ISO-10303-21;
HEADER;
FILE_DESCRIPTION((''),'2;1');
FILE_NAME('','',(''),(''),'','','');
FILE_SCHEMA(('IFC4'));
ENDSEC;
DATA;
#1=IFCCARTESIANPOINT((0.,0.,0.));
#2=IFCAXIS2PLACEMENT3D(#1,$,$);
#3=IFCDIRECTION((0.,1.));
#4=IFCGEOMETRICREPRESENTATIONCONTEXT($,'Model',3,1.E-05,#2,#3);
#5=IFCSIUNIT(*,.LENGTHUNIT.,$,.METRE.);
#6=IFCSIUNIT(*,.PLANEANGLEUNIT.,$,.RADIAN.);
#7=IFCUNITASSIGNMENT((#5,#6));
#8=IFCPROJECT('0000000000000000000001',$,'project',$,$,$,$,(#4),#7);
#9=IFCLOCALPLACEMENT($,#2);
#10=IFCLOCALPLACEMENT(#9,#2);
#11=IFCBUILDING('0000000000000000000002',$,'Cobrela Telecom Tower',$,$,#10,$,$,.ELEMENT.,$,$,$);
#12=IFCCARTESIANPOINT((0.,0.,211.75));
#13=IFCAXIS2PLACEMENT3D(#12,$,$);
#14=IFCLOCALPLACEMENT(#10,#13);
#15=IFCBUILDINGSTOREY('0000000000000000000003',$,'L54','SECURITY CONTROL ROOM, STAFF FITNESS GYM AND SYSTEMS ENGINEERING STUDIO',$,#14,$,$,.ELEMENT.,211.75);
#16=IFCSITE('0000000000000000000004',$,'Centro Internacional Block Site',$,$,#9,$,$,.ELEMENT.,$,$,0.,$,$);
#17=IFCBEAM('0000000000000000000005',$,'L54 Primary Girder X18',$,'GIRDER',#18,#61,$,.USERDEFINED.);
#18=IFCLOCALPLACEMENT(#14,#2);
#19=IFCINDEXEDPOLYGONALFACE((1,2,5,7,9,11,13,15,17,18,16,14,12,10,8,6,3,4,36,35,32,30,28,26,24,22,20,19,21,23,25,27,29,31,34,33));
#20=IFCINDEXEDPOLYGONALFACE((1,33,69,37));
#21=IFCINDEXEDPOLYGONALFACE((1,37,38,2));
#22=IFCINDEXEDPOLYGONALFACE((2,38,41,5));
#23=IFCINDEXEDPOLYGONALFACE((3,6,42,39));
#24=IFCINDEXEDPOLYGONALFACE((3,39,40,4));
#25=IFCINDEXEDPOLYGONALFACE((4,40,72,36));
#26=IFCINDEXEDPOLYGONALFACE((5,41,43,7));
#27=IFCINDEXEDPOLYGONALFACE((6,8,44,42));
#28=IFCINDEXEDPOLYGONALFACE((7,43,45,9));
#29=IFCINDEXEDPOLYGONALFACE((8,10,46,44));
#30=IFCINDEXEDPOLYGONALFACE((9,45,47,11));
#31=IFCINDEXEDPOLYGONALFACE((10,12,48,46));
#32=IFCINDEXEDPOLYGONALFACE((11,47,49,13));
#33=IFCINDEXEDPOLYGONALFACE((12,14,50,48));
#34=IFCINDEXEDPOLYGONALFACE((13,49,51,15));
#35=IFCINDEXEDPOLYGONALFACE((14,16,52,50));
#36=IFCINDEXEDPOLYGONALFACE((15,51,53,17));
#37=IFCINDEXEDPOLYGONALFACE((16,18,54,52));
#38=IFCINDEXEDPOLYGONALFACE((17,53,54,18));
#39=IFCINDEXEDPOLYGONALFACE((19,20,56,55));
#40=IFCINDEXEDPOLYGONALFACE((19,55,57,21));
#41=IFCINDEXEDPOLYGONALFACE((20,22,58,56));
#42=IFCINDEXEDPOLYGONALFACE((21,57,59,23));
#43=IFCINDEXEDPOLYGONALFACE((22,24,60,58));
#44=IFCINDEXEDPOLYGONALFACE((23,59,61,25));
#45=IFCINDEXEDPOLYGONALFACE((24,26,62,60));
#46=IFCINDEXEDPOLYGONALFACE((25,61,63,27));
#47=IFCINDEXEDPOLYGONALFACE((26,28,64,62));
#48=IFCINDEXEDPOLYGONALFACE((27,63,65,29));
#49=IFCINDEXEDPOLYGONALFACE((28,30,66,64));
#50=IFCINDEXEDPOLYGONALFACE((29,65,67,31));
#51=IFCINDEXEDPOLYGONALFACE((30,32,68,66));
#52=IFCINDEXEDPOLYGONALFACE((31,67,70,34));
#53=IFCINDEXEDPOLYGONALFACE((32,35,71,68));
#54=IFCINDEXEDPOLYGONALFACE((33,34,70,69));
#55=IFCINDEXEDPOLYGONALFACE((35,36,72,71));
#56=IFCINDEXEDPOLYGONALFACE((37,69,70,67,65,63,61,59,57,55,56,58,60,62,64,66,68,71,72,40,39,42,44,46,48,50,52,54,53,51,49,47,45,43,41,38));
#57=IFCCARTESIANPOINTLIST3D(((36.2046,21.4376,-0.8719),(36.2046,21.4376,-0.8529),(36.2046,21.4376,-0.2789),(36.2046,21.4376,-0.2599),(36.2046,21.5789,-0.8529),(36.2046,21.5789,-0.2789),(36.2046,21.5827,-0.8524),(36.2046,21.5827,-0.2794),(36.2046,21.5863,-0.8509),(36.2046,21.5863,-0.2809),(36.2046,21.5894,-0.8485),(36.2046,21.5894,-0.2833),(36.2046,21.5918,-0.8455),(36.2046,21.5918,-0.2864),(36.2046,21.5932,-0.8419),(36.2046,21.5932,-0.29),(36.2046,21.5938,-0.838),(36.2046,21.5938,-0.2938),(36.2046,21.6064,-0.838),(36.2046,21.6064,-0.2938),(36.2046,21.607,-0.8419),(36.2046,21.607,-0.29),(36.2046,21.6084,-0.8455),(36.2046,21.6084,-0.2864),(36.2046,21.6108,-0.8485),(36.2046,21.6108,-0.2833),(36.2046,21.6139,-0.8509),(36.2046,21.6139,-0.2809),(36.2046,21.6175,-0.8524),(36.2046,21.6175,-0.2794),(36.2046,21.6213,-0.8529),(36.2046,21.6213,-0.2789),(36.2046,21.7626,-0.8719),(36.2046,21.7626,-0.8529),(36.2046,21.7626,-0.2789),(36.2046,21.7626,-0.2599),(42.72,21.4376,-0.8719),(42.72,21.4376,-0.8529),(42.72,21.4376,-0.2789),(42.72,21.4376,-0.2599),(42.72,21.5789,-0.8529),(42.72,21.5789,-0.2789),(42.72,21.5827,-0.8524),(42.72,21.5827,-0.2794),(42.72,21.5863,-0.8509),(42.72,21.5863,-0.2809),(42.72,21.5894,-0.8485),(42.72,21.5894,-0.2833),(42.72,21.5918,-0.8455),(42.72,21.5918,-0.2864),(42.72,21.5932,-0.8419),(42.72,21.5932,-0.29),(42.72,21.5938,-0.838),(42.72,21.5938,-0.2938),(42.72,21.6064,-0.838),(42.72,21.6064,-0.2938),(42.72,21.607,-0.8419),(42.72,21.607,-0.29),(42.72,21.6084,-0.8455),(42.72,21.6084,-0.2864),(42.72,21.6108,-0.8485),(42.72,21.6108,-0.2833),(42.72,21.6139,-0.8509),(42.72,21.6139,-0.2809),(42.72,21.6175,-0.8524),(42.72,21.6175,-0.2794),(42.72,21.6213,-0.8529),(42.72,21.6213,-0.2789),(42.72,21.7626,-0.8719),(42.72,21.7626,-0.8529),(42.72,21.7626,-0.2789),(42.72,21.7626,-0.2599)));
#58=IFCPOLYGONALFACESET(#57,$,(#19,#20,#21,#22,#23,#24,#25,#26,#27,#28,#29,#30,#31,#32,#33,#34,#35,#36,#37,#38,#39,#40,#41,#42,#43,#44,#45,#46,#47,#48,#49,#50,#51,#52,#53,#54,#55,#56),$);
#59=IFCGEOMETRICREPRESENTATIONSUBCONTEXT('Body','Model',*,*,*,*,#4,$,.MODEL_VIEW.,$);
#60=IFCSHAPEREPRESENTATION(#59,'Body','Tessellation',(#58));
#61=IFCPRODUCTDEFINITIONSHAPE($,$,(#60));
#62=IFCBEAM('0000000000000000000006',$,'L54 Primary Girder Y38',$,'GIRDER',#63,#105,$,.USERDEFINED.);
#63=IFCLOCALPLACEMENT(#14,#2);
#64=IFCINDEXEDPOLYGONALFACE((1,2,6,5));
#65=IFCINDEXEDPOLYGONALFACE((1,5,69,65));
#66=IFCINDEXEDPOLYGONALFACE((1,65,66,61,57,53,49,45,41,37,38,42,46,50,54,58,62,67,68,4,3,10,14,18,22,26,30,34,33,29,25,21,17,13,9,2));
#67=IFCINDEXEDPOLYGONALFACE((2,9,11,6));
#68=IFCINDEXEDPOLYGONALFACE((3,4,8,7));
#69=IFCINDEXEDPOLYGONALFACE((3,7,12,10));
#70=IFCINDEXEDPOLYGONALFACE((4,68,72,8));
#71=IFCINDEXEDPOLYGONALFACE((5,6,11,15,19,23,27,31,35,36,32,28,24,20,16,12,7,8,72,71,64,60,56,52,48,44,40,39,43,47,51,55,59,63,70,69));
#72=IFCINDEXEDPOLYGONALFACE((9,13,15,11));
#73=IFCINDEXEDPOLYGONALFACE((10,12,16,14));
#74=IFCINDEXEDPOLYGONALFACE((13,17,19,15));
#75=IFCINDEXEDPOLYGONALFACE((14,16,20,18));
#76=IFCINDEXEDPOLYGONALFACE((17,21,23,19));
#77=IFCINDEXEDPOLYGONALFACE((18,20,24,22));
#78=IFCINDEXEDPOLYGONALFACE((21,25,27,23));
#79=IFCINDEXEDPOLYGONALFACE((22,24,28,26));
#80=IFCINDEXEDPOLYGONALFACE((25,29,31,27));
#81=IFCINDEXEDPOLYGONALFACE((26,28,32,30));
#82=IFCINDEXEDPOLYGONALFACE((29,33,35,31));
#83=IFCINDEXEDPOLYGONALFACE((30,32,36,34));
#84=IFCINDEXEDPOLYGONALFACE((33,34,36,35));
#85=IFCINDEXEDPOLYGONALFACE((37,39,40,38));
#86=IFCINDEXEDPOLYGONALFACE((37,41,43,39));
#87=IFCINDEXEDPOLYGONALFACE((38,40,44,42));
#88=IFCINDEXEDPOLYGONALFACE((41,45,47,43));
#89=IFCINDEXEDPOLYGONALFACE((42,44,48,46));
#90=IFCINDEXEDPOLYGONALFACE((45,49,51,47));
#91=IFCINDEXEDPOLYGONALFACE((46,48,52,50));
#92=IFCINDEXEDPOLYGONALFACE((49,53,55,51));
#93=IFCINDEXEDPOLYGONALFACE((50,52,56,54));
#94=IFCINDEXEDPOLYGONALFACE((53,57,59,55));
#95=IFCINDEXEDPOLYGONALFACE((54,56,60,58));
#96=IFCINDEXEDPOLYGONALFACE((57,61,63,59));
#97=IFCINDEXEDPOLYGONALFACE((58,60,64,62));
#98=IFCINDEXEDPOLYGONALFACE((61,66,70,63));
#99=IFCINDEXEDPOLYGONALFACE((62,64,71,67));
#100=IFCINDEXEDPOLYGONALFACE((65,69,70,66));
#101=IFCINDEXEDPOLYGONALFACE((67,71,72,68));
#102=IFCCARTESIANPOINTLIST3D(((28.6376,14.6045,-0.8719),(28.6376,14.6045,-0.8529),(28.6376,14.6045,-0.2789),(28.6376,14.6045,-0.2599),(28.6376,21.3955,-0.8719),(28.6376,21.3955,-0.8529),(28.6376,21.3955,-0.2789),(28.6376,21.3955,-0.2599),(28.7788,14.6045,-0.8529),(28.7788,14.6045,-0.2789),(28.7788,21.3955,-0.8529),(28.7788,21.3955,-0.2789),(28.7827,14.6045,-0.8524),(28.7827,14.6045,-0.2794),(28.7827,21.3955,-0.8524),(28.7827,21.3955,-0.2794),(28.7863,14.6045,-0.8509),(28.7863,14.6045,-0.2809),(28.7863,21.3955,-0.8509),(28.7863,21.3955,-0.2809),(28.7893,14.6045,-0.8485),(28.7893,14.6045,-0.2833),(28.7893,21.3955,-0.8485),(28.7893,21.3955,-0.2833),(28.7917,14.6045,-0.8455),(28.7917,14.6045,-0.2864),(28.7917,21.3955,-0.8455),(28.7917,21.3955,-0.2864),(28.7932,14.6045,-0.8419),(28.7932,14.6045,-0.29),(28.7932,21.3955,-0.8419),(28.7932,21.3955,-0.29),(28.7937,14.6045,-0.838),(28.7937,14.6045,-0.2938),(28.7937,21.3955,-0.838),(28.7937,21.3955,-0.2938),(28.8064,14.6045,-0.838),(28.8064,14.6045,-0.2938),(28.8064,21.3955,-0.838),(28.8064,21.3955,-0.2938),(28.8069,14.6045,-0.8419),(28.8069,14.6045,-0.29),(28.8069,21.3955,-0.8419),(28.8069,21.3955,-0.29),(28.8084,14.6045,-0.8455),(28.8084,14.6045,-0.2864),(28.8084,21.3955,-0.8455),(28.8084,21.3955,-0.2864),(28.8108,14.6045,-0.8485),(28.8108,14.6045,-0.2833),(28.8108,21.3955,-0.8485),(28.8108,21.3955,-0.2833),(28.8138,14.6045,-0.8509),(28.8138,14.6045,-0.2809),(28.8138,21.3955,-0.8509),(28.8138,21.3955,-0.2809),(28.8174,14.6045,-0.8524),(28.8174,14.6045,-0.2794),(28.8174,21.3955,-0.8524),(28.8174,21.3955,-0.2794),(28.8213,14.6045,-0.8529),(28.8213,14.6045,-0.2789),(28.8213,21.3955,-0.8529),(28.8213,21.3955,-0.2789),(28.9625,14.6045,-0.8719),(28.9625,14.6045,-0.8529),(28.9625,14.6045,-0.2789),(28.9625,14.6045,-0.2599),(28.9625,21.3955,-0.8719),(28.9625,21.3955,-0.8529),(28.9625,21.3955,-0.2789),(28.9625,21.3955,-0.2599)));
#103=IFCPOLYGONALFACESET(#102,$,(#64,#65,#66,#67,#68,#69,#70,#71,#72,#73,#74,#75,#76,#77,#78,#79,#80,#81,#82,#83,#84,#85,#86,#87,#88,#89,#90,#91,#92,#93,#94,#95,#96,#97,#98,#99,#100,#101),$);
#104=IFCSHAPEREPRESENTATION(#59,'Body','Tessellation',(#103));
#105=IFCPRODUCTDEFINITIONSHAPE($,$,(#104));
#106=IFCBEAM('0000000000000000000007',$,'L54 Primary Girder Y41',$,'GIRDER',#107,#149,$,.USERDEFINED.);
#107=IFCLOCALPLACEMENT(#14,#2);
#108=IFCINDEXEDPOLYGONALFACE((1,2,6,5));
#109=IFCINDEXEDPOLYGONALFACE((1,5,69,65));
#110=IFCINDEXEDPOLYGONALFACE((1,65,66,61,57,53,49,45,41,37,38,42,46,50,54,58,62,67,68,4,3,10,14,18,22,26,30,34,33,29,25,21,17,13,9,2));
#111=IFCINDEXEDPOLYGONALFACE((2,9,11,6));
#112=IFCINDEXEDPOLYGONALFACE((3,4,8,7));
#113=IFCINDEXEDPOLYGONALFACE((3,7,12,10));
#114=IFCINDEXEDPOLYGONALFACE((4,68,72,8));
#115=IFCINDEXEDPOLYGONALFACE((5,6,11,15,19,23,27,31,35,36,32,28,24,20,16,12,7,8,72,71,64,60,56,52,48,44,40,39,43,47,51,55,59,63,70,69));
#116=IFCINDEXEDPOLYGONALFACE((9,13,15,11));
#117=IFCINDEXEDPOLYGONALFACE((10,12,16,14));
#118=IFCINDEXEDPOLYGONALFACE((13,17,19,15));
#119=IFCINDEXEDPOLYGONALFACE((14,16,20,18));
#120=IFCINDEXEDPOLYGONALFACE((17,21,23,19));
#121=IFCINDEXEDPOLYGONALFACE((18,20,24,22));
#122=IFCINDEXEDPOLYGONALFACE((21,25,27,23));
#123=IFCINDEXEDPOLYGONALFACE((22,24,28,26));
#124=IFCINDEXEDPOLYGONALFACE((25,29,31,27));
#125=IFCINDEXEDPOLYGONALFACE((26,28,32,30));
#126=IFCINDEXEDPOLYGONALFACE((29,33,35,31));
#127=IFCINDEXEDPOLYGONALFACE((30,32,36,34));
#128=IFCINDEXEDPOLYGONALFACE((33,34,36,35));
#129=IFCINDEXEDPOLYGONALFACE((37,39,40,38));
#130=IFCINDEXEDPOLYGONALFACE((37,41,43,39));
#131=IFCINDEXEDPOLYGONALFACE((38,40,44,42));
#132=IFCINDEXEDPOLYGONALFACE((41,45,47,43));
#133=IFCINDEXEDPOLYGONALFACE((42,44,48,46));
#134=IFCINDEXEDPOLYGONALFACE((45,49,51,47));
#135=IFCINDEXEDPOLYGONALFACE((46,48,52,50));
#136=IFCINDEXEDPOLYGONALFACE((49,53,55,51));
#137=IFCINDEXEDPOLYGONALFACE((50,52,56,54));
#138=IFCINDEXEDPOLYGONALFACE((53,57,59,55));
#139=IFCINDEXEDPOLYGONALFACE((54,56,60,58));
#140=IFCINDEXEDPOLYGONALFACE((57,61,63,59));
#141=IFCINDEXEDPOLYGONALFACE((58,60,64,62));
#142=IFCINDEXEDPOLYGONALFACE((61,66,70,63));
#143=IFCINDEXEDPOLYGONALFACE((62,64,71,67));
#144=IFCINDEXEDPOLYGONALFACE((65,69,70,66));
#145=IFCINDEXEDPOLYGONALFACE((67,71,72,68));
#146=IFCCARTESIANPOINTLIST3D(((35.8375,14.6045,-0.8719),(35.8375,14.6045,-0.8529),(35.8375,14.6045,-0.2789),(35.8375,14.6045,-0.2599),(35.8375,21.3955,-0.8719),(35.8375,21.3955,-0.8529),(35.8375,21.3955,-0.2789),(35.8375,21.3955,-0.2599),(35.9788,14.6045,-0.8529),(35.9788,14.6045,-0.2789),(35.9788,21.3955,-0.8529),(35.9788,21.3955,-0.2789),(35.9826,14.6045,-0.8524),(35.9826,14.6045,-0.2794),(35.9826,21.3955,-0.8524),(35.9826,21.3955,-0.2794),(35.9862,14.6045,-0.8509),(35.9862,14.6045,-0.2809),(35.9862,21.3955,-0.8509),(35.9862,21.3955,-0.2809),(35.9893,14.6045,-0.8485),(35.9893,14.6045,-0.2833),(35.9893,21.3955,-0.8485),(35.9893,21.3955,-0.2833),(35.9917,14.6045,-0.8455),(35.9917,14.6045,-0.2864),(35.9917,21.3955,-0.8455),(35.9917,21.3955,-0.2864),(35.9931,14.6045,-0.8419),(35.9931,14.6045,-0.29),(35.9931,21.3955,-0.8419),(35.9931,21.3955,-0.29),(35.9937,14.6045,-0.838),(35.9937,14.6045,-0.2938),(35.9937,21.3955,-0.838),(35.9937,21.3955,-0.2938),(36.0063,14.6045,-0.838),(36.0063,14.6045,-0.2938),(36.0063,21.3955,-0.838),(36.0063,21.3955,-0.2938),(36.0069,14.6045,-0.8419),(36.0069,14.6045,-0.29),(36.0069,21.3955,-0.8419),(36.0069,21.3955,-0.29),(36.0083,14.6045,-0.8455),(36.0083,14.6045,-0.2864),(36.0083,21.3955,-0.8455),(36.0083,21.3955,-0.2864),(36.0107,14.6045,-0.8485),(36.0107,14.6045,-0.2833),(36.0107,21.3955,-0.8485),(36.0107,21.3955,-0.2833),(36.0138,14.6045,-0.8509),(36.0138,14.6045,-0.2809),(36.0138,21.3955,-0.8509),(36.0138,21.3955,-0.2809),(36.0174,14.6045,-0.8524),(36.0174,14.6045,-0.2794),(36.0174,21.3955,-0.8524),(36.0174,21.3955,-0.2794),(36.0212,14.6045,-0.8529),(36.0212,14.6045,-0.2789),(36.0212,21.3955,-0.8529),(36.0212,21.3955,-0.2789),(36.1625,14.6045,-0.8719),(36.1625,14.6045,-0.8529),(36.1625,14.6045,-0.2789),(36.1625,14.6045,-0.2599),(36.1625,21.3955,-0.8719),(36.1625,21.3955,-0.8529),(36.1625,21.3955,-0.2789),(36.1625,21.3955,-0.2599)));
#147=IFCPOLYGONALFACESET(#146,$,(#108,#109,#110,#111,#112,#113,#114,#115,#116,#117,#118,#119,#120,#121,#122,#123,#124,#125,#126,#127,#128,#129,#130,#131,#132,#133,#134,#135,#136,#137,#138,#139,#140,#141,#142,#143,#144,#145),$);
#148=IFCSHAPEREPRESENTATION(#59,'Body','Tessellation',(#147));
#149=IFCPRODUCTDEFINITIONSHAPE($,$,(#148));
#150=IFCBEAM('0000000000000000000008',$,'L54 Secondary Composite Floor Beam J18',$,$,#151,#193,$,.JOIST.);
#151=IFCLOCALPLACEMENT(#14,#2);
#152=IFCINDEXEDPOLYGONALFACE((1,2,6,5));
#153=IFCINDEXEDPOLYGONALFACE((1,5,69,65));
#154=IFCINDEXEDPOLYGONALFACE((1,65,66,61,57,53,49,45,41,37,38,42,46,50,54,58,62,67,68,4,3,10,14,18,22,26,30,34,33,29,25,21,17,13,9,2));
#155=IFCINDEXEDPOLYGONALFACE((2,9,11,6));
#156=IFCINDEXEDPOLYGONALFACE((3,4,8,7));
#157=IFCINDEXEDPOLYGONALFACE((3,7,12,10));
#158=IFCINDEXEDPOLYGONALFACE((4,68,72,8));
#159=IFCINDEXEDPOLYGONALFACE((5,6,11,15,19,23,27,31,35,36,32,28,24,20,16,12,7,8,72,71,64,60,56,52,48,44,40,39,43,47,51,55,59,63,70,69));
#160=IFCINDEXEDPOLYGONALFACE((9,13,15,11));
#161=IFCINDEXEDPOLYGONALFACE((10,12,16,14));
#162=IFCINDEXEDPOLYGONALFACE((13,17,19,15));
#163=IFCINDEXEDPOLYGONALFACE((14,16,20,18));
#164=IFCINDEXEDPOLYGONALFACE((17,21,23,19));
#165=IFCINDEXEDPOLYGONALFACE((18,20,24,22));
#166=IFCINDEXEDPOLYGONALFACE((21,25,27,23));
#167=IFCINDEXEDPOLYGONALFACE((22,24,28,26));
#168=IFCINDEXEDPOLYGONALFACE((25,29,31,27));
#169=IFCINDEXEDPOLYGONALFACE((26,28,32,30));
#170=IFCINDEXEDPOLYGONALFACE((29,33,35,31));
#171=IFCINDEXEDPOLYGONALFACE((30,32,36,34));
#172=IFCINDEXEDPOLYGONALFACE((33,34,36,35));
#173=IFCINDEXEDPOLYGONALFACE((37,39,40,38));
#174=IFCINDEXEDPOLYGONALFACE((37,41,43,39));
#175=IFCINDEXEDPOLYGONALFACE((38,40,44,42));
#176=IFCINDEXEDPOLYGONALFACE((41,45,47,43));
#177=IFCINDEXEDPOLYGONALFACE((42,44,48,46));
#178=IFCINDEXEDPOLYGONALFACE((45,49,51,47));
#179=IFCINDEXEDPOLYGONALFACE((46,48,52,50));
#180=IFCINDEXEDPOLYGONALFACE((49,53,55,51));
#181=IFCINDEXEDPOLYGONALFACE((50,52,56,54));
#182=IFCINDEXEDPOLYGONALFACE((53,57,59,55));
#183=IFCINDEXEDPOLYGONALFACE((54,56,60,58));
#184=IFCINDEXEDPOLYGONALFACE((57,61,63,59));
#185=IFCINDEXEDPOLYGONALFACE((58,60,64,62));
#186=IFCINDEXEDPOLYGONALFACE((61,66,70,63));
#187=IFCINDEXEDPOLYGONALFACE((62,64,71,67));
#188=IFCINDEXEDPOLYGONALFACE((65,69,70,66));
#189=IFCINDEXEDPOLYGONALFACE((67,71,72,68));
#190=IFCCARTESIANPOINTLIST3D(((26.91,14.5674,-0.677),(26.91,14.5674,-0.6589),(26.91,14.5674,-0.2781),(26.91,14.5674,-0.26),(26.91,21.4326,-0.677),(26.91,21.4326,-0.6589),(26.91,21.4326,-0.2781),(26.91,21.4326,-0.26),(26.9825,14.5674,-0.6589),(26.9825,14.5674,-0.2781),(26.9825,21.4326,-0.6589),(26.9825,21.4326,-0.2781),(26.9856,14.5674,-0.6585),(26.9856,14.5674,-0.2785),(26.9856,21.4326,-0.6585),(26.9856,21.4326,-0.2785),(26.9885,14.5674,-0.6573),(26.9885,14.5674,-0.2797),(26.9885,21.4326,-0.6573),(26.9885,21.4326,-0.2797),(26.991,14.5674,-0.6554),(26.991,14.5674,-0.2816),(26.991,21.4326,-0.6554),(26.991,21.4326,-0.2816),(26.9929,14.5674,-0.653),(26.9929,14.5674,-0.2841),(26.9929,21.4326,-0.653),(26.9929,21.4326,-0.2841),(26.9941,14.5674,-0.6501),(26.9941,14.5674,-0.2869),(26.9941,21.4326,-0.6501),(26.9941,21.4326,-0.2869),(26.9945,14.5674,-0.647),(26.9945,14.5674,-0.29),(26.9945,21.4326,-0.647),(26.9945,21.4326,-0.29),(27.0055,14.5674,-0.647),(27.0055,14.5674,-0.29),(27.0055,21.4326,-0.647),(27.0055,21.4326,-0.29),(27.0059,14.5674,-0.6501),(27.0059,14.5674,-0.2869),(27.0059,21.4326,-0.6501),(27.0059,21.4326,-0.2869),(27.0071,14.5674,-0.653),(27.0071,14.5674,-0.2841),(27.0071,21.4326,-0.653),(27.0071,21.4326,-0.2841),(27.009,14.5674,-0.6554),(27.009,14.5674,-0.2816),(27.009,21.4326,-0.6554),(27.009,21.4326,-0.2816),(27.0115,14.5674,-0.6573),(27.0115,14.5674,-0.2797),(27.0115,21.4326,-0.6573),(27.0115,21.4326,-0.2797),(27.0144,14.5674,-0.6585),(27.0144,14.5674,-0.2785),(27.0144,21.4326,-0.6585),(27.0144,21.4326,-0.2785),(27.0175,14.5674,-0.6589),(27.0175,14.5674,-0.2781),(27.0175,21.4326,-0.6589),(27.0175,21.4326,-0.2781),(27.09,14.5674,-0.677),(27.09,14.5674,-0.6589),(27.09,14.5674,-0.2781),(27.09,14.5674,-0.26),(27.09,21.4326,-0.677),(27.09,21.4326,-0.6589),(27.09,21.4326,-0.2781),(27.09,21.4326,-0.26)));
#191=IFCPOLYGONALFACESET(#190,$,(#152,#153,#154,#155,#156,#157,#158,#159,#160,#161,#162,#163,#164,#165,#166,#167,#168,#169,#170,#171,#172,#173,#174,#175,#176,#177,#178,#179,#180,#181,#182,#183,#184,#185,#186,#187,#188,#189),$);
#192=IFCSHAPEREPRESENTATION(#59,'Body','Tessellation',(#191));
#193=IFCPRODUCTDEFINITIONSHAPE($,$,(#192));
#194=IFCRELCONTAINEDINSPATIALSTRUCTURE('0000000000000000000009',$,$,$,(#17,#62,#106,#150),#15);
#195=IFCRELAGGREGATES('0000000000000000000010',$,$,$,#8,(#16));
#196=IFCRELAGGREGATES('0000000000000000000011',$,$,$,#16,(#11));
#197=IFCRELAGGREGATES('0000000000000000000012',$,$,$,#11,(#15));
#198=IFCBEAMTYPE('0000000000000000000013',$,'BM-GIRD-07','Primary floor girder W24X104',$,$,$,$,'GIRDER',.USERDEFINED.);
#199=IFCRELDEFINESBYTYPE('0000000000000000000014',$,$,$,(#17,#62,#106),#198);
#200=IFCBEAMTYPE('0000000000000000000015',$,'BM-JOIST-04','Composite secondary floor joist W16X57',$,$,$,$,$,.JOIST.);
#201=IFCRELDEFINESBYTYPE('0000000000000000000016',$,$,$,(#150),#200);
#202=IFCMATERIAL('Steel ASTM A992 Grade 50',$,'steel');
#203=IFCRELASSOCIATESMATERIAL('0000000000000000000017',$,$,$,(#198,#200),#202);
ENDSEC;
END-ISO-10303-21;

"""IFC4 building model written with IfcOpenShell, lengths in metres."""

from ifc_helpers import new_model, si_unit, direction, frame, origin, origin_2d, place, context, subcontext, project, spatial, i_section, extrude, material, material_profile, profile_set, type_object, element, save


model = new_model("IFC4")

# Units and contexts
model_context = context("Model", 3, precision=1e-05, world=origin(), true_north=direction((0.0, 1.0)))
body_context = subcontext(model_context, "Body", "Model", "MODEL_VIEW")
ifc_project = project(units=[si_unit("LENGTHUNIT", "METRE"), si_unit("PLANEANGLEUNIT", "RADIAN")], contexts=[model_context])

# Site, building, storey
site_placement = place(None, origin())
site = spatial("IfcSite", under=ifc_project, at=site_placement, Name="Centro Internacional Block Site", CompositionType="ELEMENT", RefElevation=0.0)
building_placement = place(site_placement, origin())
building = spatial("IfcBuilding", under=site, at=building_placement, Name="Cobrela Telecom Tower", CompositionType="ELEMENT")
storey_placement = place(building_placement, frame((0.0, 0.0, 211.75)))
storey = spatial("IfcBuildingStorey", under=building, at=storey_placement, Name="L54", Description="SECURITY CONTROL ROOM, STAFF FITNESS GYM AND SYSTEMS ENGINEERING STUDIO", CompositionType="ELEMENT", Elevation=211.75)

# Shared definitions
ifc_material_1 = material(Name="Steel ASTM A992 Grade 50", Category="steel")

# Beams
ifc_material_profile_1 = material_profile(ifc_material_1, i_section(OverallWidth=0.325, OverallDepth=0.6121, WebThickness=0.0127, FlangeThickness=0.019, FilletRadius=0.0149, at=origin_2d()), Name="W24X104")
ifc_profile_set_1 = profile_set([ifc_material_profile_1], Name="Steel ASTM A992 Grade 50")
beam_type_1 = type_object("IfcBeamType", Name="BM-GIRD-07", Description="Primary floor girder W24X104", ElementType="GIRDER", PredefinedType="USERDEFINED", material=ifc_profile_set_1)
beam_1_placement = place(storey_placement, frame((36.2046, 21.6001, -0.5659), z_axis=(1.0, 0.0, 0.0), x_axis=(0.0, 1.0, 0.0)))
element("IfcBeam", 1, at=beam_1_placement, inside=storey, type_object=beam_type_1, Name="L54 Primary Girder X18", ObjectType="GIRDER", PredefinedType="USERDEFINED", context=body_context, shape_type="SweptSolid", body=[
    extrude(i_section(OverallWidth=0.325, OverallDepth=0.6121, WebThickness=0.0127, FlangeThickness=0.019, FilletRadius=0.0149, at=origin_2d()), origin(), (0.0, 0.0, 1.0), 6.5154),
])
for number, where, z_axis, x_axis, name in (
    (2, (28.8, 14.6045, -0.5659), (0.0, 1.0, 0.0), (-1.0, 0.0, 0.0), "L54 Primary Girder Y38"),
    (3, (36.0, 14.6045, -0.5659), (0.0, 1.0, 0.0), (-1.0, 0.0, 0.0), "L54 Primary Girder Y41"),
):
    element("IfcBeam", number, at=place(storey_placement, frame(where, z_axis=z_axis, x_axis=x_axis)), inside=storey, type_object=beam_type_1, Name=name, ObjectType="GIRDER", PredefinedType="USERDEFINED", context=body_context, shape_type="SweptSolid", body=[
        extrude(i_section(OverallWidth=0.325, OverallDepth=0.6121, WebThickness=0.0127, FlangeThickness=0.019, FilletRadius=0.0149, at=origin_2d()), origin(), (0.0, 0.0, 1.0), 6.791),
    ])
ifc_material_profile_2 = material_profile(ifc_material_1, i_section(OverallWidth=0.1799, OverallDepth=0.417, WebThickness=0.011, FlangeThickness=0.0181, FilletRadius=0.012, at=origin_2d()), Name="W16X57")
ifc_profile_set_2 = profile_set([ifc_material_profile_2], Name="Steel ASTM A992 Grade 50")
beam_type_2 = type_object("IfcBeamType", Name="BM-JOIST-04", Description="Composite secondary floor joist W16X57", PredefinedType="JOIST", material=ifc_profile_set_2)
for number, where, z_axis, x_axis, name in (
    (4, (27.0, 14.5674, -0.4685), (0.0, 1.0, 0.0), (-1.0, 0.0, 0.0), "L54 Secondary Composite Floor Beam J18"),
):
    element("IfcBeam", number, at=place(storey_placement, frame(where, z_axis=z_axis, x_axis=x_axis)), inside=storey, type_object=beam_type_2, Name=name, PredefinedType="JOIST", context=body_context, shape_type="SweptSolid", body=[
        extrude(i_section(OverallWidth=0.1799, OverallDepth=0.417, WebThickness=0.011, FlangeThickness=0.0181, FilletRadius=0.012, at=origin_2d()), origin(), (0.0, 0.0, 1.0), 6.8652),
    ])

save(model, "model.ifc")
